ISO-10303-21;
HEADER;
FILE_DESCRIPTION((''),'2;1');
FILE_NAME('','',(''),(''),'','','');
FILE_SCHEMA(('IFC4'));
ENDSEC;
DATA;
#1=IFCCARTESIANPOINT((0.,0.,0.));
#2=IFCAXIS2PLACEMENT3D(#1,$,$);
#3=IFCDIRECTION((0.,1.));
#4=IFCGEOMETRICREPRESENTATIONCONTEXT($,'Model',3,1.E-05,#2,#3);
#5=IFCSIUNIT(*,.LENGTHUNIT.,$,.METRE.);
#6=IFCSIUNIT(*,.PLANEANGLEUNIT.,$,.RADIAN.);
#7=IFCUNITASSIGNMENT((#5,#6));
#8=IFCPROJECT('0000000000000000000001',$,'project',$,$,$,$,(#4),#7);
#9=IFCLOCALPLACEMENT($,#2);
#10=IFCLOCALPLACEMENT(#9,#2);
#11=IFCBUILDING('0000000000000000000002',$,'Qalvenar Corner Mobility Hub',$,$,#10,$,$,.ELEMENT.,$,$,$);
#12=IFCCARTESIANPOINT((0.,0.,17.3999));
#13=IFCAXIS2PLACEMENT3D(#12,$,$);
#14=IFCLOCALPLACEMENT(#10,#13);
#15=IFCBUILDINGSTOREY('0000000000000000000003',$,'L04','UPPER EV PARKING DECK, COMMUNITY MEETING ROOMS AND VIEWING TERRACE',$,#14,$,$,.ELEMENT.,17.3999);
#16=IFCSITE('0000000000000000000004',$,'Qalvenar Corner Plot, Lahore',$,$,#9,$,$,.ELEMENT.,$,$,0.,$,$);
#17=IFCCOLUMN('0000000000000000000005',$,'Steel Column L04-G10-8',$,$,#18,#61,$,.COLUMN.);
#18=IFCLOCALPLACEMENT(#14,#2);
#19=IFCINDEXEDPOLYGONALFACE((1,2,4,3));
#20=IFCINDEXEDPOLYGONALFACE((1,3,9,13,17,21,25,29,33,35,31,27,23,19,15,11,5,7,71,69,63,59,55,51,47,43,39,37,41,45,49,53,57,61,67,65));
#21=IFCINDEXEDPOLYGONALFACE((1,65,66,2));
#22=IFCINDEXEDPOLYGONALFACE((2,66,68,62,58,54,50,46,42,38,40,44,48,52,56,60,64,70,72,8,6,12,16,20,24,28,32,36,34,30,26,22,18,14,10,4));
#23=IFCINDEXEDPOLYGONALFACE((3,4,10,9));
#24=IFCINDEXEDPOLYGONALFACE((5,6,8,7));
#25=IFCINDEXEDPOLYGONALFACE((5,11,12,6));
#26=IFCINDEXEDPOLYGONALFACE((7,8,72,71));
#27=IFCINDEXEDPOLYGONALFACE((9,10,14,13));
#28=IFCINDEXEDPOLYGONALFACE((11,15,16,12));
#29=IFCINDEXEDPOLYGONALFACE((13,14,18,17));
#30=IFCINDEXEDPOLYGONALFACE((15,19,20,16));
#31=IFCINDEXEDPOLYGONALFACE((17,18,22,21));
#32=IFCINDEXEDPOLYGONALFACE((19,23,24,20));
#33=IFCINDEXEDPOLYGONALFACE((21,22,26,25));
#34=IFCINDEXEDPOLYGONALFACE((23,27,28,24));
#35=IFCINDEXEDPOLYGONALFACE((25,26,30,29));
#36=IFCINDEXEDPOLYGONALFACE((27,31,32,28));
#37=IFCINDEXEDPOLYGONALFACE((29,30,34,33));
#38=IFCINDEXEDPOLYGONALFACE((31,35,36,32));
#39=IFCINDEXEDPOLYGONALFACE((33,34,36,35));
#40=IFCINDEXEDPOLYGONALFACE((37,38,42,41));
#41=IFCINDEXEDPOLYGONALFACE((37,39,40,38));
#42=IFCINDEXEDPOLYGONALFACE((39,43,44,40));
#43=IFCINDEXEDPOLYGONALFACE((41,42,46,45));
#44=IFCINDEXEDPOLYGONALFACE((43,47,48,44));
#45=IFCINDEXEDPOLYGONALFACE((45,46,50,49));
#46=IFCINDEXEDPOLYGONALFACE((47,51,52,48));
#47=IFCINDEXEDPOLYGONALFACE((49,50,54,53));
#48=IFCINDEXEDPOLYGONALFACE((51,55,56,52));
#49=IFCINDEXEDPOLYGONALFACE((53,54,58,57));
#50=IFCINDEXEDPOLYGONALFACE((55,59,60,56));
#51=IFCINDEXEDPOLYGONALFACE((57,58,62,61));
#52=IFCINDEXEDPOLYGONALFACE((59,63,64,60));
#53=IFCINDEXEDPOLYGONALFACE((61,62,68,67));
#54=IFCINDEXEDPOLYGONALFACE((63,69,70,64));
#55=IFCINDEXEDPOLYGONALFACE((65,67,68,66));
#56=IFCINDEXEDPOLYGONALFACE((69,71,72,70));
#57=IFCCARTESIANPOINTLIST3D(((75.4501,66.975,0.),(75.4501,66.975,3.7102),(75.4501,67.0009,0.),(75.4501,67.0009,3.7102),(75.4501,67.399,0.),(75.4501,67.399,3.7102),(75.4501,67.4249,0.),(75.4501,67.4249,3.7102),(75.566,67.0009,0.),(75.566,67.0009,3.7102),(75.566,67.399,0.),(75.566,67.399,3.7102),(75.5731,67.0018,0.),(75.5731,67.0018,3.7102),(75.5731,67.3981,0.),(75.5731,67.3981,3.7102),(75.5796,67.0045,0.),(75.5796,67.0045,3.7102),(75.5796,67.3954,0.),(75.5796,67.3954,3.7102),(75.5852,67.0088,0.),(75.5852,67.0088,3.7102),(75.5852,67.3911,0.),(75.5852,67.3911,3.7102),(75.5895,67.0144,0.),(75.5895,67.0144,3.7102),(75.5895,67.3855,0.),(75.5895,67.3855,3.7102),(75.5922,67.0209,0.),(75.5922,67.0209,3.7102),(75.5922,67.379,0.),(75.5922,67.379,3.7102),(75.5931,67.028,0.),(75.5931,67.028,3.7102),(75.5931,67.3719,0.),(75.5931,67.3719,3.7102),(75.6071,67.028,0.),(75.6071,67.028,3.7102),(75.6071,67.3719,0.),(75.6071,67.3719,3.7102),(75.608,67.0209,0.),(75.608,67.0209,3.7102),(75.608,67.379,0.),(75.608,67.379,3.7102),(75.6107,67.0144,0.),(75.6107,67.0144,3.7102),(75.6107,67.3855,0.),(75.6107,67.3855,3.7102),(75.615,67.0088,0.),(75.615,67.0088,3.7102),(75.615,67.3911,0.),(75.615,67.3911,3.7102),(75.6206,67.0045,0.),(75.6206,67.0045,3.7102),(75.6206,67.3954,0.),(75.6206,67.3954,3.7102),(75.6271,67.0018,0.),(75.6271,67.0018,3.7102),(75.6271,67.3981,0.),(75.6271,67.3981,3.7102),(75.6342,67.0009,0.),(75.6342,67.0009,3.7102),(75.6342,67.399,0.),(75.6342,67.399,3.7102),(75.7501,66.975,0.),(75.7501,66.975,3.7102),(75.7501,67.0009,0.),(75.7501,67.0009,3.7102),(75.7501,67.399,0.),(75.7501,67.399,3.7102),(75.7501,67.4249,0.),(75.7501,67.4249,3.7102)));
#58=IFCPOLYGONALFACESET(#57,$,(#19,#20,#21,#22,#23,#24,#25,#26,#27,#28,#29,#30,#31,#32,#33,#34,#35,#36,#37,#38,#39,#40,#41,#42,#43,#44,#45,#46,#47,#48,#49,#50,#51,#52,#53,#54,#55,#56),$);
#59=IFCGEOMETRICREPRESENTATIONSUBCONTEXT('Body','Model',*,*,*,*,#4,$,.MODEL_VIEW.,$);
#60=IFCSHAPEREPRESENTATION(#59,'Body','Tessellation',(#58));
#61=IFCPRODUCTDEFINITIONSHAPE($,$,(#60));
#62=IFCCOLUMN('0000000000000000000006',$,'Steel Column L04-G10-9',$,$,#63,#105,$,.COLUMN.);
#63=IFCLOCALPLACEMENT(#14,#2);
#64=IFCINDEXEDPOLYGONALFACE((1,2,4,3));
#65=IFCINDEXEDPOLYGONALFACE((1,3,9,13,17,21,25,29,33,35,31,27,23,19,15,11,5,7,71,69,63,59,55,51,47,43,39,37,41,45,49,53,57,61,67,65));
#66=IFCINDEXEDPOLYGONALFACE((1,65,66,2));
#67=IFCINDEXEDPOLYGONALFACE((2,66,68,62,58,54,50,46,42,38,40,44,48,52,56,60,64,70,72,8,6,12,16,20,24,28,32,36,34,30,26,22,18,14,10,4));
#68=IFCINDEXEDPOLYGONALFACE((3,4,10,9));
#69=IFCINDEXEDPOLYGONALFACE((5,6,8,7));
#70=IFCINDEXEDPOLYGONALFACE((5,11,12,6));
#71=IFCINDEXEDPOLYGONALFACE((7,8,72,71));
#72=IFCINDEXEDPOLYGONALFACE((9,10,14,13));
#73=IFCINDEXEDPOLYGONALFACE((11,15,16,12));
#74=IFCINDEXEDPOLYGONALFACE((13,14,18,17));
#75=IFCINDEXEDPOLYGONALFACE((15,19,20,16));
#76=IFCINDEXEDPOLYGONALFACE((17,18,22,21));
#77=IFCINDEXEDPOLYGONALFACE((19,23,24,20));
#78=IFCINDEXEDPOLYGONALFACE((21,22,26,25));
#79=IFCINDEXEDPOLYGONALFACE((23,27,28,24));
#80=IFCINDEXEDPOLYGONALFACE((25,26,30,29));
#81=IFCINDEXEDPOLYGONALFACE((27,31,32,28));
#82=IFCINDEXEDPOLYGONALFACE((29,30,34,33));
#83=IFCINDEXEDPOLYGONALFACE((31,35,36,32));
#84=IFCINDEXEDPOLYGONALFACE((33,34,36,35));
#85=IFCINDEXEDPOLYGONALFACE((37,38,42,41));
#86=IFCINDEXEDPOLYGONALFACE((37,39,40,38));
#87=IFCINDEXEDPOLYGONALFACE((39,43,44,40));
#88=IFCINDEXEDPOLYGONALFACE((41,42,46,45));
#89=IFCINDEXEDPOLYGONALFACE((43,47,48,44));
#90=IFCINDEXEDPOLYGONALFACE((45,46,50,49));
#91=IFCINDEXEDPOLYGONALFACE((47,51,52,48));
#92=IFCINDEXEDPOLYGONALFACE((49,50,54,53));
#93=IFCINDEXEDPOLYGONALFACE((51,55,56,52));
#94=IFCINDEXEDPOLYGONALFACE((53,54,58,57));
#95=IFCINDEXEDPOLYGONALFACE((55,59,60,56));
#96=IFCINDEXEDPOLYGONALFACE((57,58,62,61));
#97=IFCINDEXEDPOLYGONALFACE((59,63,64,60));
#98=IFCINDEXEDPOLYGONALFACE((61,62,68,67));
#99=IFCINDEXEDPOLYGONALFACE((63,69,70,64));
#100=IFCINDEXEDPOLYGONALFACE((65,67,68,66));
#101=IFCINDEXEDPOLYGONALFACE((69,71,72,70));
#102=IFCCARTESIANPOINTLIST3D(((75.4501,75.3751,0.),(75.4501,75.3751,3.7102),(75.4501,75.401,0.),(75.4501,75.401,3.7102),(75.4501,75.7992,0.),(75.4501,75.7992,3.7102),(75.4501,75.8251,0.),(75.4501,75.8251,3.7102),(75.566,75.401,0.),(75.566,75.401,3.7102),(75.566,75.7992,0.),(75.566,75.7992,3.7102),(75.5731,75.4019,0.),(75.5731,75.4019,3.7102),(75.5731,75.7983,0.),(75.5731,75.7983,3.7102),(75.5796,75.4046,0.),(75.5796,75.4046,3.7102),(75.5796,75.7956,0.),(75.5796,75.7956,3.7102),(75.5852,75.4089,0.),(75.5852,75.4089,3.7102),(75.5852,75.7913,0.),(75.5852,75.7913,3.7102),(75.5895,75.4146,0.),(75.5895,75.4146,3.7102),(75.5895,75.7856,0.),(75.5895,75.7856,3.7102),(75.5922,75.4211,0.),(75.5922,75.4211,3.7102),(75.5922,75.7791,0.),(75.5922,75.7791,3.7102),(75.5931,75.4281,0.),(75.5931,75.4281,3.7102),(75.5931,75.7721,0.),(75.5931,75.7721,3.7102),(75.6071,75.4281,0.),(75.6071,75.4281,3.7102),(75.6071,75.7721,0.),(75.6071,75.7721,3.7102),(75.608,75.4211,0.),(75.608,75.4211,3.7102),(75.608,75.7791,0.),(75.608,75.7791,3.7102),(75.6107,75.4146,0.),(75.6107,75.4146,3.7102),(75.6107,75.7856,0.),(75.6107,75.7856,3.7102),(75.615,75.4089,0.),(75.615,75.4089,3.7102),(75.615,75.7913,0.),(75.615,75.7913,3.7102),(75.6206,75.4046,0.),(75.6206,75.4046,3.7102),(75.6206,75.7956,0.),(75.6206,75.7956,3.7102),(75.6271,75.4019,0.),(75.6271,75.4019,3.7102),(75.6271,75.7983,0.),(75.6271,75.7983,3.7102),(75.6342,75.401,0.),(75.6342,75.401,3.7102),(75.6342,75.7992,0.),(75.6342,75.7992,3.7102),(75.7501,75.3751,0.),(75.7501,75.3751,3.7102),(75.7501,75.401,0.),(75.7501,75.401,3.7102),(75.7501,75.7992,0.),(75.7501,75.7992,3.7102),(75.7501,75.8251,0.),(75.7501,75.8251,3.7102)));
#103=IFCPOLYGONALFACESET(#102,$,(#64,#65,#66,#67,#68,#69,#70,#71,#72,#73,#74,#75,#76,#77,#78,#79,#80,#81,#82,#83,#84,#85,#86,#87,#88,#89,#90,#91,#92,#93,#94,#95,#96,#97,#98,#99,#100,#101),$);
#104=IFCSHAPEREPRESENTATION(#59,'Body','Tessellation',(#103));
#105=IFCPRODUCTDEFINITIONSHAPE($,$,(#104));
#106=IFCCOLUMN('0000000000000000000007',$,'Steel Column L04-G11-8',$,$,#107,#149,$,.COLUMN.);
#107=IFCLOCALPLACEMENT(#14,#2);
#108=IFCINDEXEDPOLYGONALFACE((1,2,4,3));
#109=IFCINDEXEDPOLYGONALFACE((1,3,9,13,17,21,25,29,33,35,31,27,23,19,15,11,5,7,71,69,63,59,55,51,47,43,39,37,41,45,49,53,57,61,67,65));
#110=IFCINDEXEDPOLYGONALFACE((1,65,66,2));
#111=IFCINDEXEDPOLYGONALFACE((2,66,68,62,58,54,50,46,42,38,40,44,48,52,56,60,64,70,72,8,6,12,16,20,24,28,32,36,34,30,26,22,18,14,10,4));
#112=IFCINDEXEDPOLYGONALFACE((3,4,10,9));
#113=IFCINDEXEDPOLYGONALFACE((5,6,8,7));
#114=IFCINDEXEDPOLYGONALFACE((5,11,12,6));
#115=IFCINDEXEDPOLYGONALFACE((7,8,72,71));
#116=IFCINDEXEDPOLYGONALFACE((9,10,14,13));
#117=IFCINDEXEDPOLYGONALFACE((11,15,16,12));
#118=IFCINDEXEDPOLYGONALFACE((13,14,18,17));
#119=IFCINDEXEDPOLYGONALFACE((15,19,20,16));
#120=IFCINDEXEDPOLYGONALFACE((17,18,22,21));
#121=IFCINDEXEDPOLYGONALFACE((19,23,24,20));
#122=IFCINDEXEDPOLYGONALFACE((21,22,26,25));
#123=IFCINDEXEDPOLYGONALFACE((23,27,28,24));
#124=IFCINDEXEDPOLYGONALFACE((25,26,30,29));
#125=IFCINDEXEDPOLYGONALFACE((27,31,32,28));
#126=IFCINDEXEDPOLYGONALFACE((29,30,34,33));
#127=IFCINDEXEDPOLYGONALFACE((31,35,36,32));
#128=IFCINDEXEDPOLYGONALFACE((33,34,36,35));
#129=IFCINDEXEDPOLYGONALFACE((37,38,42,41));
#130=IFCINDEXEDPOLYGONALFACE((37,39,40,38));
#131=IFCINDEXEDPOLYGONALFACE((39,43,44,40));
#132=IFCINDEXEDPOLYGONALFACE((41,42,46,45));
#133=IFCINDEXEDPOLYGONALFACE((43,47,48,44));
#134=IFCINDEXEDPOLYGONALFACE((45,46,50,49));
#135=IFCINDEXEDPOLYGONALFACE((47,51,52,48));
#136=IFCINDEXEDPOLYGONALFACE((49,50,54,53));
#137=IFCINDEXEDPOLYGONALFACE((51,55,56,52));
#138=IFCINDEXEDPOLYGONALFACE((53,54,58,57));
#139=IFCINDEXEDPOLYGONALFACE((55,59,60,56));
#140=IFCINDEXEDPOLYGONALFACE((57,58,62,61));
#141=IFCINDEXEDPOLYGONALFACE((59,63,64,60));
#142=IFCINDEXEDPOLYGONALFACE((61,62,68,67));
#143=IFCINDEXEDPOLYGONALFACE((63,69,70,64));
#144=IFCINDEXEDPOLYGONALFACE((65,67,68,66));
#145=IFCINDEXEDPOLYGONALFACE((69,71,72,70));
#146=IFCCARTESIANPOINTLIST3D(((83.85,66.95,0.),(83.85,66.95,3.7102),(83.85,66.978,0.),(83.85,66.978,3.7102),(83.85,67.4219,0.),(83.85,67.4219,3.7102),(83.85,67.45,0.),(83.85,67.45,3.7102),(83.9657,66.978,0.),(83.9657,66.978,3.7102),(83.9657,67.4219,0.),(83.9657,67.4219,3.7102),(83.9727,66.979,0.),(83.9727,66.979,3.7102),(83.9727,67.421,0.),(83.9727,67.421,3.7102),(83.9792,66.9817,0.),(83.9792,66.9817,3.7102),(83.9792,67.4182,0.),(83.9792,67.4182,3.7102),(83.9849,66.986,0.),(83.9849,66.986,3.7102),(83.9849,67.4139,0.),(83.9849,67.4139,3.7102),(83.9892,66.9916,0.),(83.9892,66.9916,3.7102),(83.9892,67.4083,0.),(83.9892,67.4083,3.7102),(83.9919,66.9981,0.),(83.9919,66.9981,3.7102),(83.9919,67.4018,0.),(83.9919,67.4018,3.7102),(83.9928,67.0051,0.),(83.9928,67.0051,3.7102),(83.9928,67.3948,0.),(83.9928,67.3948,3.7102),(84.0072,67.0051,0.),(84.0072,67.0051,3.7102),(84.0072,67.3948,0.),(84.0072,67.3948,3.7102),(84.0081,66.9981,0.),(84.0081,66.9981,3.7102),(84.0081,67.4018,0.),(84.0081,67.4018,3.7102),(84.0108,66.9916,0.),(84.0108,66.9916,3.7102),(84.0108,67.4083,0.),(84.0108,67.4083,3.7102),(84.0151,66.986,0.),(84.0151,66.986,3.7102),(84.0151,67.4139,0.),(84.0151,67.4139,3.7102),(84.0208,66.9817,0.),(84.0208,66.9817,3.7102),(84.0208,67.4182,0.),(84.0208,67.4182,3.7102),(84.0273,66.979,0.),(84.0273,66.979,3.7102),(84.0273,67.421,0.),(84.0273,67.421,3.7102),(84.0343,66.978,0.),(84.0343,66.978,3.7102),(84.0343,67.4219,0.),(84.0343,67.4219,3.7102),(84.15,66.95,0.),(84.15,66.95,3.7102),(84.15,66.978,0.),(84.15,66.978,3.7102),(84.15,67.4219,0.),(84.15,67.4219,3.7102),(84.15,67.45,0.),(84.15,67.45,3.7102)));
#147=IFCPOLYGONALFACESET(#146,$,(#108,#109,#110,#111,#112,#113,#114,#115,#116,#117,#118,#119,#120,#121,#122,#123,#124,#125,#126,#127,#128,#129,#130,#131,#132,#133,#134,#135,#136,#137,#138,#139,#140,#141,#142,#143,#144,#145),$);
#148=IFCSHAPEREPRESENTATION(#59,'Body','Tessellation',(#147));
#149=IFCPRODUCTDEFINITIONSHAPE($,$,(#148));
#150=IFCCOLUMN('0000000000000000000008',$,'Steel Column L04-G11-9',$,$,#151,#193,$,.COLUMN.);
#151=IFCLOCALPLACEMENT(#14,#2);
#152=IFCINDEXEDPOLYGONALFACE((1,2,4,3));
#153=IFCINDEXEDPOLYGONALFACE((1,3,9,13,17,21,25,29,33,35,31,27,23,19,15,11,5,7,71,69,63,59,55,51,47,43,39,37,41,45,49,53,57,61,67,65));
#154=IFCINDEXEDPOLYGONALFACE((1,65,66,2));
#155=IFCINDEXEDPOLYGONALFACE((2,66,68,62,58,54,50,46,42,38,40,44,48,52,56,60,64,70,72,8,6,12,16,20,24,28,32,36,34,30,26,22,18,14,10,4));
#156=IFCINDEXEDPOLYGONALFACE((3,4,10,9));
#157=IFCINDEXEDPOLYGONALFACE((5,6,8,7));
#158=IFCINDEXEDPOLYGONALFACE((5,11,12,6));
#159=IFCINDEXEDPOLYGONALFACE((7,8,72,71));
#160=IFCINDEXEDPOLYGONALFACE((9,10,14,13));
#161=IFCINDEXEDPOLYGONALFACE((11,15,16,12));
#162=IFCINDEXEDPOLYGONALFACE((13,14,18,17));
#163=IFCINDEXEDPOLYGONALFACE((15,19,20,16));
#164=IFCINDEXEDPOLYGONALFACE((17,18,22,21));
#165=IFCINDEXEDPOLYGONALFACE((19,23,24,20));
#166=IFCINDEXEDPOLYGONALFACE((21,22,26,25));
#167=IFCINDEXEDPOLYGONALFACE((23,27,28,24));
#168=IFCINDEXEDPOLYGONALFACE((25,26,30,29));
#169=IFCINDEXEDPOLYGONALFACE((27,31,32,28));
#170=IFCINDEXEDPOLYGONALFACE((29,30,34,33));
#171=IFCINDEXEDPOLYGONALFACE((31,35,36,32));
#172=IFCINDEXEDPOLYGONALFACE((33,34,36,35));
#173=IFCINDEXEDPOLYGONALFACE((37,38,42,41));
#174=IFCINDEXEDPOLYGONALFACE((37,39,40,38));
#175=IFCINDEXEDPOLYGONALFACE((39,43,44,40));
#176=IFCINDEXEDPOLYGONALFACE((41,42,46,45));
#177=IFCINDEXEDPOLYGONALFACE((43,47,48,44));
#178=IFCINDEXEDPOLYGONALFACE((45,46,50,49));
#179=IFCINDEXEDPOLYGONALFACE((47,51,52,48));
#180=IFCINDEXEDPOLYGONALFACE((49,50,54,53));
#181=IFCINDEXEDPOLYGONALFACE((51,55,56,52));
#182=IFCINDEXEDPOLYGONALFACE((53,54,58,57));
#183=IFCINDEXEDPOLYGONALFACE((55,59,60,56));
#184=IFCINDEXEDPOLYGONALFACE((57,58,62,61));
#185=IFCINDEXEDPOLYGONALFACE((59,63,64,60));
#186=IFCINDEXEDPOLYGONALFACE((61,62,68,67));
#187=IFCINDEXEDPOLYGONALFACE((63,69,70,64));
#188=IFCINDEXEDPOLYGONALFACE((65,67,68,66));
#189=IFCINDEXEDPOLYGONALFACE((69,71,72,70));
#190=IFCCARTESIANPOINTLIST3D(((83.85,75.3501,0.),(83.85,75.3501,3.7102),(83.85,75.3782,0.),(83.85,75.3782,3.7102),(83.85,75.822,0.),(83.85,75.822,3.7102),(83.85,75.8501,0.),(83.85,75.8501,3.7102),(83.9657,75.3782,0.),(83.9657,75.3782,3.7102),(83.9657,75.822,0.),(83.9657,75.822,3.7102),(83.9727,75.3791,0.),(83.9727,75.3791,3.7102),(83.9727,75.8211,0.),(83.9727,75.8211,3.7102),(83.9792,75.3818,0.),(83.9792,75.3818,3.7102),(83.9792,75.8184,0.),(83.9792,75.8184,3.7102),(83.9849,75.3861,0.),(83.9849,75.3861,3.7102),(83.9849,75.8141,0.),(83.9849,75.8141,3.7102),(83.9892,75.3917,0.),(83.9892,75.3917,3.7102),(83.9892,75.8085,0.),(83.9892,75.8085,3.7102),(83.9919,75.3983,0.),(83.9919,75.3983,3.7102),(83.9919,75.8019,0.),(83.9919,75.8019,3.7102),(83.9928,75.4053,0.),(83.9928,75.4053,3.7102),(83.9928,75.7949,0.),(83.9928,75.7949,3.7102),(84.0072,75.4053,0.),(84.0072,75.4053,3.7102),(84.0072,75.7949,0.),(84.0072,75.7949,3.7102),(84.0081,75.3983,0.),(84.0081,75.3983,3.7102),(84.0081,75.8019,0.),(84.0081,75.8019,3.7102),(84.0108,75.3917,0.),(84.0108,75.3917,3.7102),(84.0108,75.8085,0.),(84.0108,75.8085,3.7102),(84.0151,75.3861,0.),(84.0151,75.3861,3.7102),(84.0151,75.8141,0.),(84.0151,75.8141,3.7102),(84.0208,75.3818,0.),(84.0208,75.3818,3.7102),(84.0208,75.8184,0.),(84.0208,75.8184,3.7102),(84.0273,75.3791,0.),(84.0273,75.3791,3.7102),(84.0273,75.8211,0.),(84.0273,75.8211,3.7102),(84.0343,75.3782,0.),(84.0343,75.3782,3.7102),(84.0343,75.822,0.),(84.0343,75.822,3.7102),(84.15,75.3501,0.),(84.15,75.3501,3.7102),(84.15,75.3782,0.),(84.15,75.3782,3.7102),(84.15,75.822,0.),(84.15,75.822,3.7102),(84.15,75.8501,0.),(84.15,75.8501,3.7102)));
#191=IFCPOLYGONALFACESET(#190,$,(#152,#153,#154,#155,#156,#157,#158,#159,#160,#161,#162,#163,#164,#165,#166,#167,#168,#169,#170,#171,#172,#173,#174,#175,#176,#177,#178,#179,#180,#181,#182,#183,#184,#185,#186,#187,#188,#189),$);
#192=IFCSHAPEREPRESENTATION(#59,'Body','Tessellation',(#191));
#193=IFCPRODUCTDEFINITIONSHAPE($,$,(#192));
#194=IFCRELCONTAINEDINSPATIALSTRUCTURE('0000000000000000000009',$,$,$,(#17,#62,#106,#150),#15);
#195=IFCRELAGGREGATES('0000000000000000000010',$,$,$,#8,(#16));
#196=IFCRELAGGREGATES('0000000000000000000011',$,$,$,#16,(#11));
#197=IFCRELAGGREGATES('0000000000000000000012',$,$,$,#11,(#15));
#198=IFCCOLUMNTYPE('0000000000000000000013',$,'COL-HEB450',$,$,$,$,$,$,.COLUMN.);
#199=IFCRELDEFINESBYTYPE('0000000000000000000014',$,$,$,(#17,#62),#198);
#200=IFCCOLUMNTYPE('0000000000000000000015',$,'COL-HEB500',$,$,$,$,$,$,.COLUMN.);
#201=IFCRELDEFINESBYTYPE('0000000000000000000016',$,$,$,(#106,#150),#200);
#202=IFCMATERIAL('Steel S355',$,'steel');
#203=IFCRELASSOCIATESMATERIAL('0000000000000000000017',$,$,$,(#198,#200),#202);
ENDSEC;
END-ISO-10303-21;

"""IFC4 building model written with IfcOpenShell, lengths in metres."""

from ifc_helpers import new_model, si_unit, direction, frame, origin, origin_2d, place, context, subcontext, project, spatial, i_section, extrude, material, material_profile, profile_set, type_object, element, save


model = new_model("IFC4")

# Units and contexts
model_context = context("Model", 3, precision=1e-05, world=origin(), true_north=direction((0.0, 1.0)))
body_context = subcontext(model_context, "Body", "Model", "MODEL_VIEW")
ifc_project = project(units=[si_unit("LENGTHUNIT", "METRE"), si_unit("PLANEANGLEUNIT", "RADIAN")], contexts=[model_context])

# Site, building, storey
site_placement = place(None, origin())
site = spatial("IfcSite", under=ifc_project, at=site_placement, Name="Qalvenar Corner Plot, Lahore", CompositionType="ELEMENT", RefElevation=0.0)
building_placement = place(site_placement, origin())
building = spatial("IfcBuilding", under=site, at=building_placement, Name="Qalvenar Corner Mobility Hub", CompositionType="ELEMENT")
storey_placement = place(building_placement, frame((0.0, 0.0, 17.3999)))
storey = spatial("IfcBuildingStorey", under=building, at=storey_placement, Name="L04", Description="UPPER EV PARKING DECK, COMMUNITY MEETING ROOMS AND VIEWING TERRACE", CompositionType="ELEMENT", Elevation=17.3999)

# Columns
ifc_material = material(Name="Steel S355", Category="steel")
ifc_material_profile_1 = material_profile(ifc_material, i_section(OverallWidth=0.3, OverallDepth=0.45, WebThickness=0.0139, FlangeThickness=0.0259, FilletRadius=0.0271, at=origin_2d()), Name="HEB450")
ifc_profile_set_1 = profile_set([ifc_material_profile_1], Name="Steel S355")
column_type_1 = type_object("IfcColumnType", Name="COL-HEB450", PredefinedType="COLUMN", material=ifc_profile_set_1)
for number, where, z_axis, x_axis, name in (
    (1, (75.6001, 67.2, 0.0), (0.0, 0.0, 1.0), (1.0, 0.0, 0.0), "Steel Column L04-G10-8"),
    (2, (75.6001, 75.6001, 0.0), (0.0, 0.0, 1.0), (1.0, 0.0, 0.0), "Steel Column L04-G10-9"),
):
    element("IfcColumn", number, at=place(storey_placement, frame(where, z_axis=z_axis, x_axis=x_axis)), inside=storey, type_object=column_type_1, Name=name, PredefinedType="COLUMN", context=body_context, shape_type="SweptSolid", body=[
        extrude(i_section(OverallWidth=0.3, OverallDepth=0.45, WebThickness=0.0139, FlangeThickness=0.0259, FilletRadius=0.0271, at=origin_2d()), origin(), (0.0, 0.0, 1.0), 3.7102),
    ])
ifc_material_profile_2 = material_profile(ifc_material, i_section(OverallWidth=0.3, OverallDepth=0.5, WebThickness=0.0144, FlangeThickness=0.0281, FilletRadius=0.0271, at=origin_2d()), Name="HEB500")
ifc_profile_set_2 = profile_set([ifc_material_profile_2], Name="Steel S355")
column_type_2 = type_object("IfcColumnType", Name="COL-HEB500", PredefinedType="COLUMN", material=ifc_profile_set_2)
for number, where, z_axis, x_axis, name in (
    (3, (84.0, 67.2, 0.0), (0.0, 0.0, 1.0), (1.0, 0.0, 0.0), "Steel Column L04-G11-8"),
    (4, (84.0, 75.6001, 0.0), (0.0, 0.0, 1.0), (1.0, 0.0, 0.0), "Steel Column L04-G11-9"),
):
    element("IfcColumn", number, at=place(storey_placement, frame(where, z_axis=z_axis, x_axis=x_axis)), inside=storey, type_object=column_type_2, Name=name, PredefinedType="COLUMN", context=body_context, shape_type="SweptSolid", body=[
        extrude(i_section(OverallWidth=0.3, OverallDepth=0.5, WebThickness=0.0144, FlangeThickness=0.0281, FilletRadius=0.0271, at=origin_2d()), origin(), (0.0, 0.0, 1.0), 3.7102),
    ])

save(model, "model.ifc")
